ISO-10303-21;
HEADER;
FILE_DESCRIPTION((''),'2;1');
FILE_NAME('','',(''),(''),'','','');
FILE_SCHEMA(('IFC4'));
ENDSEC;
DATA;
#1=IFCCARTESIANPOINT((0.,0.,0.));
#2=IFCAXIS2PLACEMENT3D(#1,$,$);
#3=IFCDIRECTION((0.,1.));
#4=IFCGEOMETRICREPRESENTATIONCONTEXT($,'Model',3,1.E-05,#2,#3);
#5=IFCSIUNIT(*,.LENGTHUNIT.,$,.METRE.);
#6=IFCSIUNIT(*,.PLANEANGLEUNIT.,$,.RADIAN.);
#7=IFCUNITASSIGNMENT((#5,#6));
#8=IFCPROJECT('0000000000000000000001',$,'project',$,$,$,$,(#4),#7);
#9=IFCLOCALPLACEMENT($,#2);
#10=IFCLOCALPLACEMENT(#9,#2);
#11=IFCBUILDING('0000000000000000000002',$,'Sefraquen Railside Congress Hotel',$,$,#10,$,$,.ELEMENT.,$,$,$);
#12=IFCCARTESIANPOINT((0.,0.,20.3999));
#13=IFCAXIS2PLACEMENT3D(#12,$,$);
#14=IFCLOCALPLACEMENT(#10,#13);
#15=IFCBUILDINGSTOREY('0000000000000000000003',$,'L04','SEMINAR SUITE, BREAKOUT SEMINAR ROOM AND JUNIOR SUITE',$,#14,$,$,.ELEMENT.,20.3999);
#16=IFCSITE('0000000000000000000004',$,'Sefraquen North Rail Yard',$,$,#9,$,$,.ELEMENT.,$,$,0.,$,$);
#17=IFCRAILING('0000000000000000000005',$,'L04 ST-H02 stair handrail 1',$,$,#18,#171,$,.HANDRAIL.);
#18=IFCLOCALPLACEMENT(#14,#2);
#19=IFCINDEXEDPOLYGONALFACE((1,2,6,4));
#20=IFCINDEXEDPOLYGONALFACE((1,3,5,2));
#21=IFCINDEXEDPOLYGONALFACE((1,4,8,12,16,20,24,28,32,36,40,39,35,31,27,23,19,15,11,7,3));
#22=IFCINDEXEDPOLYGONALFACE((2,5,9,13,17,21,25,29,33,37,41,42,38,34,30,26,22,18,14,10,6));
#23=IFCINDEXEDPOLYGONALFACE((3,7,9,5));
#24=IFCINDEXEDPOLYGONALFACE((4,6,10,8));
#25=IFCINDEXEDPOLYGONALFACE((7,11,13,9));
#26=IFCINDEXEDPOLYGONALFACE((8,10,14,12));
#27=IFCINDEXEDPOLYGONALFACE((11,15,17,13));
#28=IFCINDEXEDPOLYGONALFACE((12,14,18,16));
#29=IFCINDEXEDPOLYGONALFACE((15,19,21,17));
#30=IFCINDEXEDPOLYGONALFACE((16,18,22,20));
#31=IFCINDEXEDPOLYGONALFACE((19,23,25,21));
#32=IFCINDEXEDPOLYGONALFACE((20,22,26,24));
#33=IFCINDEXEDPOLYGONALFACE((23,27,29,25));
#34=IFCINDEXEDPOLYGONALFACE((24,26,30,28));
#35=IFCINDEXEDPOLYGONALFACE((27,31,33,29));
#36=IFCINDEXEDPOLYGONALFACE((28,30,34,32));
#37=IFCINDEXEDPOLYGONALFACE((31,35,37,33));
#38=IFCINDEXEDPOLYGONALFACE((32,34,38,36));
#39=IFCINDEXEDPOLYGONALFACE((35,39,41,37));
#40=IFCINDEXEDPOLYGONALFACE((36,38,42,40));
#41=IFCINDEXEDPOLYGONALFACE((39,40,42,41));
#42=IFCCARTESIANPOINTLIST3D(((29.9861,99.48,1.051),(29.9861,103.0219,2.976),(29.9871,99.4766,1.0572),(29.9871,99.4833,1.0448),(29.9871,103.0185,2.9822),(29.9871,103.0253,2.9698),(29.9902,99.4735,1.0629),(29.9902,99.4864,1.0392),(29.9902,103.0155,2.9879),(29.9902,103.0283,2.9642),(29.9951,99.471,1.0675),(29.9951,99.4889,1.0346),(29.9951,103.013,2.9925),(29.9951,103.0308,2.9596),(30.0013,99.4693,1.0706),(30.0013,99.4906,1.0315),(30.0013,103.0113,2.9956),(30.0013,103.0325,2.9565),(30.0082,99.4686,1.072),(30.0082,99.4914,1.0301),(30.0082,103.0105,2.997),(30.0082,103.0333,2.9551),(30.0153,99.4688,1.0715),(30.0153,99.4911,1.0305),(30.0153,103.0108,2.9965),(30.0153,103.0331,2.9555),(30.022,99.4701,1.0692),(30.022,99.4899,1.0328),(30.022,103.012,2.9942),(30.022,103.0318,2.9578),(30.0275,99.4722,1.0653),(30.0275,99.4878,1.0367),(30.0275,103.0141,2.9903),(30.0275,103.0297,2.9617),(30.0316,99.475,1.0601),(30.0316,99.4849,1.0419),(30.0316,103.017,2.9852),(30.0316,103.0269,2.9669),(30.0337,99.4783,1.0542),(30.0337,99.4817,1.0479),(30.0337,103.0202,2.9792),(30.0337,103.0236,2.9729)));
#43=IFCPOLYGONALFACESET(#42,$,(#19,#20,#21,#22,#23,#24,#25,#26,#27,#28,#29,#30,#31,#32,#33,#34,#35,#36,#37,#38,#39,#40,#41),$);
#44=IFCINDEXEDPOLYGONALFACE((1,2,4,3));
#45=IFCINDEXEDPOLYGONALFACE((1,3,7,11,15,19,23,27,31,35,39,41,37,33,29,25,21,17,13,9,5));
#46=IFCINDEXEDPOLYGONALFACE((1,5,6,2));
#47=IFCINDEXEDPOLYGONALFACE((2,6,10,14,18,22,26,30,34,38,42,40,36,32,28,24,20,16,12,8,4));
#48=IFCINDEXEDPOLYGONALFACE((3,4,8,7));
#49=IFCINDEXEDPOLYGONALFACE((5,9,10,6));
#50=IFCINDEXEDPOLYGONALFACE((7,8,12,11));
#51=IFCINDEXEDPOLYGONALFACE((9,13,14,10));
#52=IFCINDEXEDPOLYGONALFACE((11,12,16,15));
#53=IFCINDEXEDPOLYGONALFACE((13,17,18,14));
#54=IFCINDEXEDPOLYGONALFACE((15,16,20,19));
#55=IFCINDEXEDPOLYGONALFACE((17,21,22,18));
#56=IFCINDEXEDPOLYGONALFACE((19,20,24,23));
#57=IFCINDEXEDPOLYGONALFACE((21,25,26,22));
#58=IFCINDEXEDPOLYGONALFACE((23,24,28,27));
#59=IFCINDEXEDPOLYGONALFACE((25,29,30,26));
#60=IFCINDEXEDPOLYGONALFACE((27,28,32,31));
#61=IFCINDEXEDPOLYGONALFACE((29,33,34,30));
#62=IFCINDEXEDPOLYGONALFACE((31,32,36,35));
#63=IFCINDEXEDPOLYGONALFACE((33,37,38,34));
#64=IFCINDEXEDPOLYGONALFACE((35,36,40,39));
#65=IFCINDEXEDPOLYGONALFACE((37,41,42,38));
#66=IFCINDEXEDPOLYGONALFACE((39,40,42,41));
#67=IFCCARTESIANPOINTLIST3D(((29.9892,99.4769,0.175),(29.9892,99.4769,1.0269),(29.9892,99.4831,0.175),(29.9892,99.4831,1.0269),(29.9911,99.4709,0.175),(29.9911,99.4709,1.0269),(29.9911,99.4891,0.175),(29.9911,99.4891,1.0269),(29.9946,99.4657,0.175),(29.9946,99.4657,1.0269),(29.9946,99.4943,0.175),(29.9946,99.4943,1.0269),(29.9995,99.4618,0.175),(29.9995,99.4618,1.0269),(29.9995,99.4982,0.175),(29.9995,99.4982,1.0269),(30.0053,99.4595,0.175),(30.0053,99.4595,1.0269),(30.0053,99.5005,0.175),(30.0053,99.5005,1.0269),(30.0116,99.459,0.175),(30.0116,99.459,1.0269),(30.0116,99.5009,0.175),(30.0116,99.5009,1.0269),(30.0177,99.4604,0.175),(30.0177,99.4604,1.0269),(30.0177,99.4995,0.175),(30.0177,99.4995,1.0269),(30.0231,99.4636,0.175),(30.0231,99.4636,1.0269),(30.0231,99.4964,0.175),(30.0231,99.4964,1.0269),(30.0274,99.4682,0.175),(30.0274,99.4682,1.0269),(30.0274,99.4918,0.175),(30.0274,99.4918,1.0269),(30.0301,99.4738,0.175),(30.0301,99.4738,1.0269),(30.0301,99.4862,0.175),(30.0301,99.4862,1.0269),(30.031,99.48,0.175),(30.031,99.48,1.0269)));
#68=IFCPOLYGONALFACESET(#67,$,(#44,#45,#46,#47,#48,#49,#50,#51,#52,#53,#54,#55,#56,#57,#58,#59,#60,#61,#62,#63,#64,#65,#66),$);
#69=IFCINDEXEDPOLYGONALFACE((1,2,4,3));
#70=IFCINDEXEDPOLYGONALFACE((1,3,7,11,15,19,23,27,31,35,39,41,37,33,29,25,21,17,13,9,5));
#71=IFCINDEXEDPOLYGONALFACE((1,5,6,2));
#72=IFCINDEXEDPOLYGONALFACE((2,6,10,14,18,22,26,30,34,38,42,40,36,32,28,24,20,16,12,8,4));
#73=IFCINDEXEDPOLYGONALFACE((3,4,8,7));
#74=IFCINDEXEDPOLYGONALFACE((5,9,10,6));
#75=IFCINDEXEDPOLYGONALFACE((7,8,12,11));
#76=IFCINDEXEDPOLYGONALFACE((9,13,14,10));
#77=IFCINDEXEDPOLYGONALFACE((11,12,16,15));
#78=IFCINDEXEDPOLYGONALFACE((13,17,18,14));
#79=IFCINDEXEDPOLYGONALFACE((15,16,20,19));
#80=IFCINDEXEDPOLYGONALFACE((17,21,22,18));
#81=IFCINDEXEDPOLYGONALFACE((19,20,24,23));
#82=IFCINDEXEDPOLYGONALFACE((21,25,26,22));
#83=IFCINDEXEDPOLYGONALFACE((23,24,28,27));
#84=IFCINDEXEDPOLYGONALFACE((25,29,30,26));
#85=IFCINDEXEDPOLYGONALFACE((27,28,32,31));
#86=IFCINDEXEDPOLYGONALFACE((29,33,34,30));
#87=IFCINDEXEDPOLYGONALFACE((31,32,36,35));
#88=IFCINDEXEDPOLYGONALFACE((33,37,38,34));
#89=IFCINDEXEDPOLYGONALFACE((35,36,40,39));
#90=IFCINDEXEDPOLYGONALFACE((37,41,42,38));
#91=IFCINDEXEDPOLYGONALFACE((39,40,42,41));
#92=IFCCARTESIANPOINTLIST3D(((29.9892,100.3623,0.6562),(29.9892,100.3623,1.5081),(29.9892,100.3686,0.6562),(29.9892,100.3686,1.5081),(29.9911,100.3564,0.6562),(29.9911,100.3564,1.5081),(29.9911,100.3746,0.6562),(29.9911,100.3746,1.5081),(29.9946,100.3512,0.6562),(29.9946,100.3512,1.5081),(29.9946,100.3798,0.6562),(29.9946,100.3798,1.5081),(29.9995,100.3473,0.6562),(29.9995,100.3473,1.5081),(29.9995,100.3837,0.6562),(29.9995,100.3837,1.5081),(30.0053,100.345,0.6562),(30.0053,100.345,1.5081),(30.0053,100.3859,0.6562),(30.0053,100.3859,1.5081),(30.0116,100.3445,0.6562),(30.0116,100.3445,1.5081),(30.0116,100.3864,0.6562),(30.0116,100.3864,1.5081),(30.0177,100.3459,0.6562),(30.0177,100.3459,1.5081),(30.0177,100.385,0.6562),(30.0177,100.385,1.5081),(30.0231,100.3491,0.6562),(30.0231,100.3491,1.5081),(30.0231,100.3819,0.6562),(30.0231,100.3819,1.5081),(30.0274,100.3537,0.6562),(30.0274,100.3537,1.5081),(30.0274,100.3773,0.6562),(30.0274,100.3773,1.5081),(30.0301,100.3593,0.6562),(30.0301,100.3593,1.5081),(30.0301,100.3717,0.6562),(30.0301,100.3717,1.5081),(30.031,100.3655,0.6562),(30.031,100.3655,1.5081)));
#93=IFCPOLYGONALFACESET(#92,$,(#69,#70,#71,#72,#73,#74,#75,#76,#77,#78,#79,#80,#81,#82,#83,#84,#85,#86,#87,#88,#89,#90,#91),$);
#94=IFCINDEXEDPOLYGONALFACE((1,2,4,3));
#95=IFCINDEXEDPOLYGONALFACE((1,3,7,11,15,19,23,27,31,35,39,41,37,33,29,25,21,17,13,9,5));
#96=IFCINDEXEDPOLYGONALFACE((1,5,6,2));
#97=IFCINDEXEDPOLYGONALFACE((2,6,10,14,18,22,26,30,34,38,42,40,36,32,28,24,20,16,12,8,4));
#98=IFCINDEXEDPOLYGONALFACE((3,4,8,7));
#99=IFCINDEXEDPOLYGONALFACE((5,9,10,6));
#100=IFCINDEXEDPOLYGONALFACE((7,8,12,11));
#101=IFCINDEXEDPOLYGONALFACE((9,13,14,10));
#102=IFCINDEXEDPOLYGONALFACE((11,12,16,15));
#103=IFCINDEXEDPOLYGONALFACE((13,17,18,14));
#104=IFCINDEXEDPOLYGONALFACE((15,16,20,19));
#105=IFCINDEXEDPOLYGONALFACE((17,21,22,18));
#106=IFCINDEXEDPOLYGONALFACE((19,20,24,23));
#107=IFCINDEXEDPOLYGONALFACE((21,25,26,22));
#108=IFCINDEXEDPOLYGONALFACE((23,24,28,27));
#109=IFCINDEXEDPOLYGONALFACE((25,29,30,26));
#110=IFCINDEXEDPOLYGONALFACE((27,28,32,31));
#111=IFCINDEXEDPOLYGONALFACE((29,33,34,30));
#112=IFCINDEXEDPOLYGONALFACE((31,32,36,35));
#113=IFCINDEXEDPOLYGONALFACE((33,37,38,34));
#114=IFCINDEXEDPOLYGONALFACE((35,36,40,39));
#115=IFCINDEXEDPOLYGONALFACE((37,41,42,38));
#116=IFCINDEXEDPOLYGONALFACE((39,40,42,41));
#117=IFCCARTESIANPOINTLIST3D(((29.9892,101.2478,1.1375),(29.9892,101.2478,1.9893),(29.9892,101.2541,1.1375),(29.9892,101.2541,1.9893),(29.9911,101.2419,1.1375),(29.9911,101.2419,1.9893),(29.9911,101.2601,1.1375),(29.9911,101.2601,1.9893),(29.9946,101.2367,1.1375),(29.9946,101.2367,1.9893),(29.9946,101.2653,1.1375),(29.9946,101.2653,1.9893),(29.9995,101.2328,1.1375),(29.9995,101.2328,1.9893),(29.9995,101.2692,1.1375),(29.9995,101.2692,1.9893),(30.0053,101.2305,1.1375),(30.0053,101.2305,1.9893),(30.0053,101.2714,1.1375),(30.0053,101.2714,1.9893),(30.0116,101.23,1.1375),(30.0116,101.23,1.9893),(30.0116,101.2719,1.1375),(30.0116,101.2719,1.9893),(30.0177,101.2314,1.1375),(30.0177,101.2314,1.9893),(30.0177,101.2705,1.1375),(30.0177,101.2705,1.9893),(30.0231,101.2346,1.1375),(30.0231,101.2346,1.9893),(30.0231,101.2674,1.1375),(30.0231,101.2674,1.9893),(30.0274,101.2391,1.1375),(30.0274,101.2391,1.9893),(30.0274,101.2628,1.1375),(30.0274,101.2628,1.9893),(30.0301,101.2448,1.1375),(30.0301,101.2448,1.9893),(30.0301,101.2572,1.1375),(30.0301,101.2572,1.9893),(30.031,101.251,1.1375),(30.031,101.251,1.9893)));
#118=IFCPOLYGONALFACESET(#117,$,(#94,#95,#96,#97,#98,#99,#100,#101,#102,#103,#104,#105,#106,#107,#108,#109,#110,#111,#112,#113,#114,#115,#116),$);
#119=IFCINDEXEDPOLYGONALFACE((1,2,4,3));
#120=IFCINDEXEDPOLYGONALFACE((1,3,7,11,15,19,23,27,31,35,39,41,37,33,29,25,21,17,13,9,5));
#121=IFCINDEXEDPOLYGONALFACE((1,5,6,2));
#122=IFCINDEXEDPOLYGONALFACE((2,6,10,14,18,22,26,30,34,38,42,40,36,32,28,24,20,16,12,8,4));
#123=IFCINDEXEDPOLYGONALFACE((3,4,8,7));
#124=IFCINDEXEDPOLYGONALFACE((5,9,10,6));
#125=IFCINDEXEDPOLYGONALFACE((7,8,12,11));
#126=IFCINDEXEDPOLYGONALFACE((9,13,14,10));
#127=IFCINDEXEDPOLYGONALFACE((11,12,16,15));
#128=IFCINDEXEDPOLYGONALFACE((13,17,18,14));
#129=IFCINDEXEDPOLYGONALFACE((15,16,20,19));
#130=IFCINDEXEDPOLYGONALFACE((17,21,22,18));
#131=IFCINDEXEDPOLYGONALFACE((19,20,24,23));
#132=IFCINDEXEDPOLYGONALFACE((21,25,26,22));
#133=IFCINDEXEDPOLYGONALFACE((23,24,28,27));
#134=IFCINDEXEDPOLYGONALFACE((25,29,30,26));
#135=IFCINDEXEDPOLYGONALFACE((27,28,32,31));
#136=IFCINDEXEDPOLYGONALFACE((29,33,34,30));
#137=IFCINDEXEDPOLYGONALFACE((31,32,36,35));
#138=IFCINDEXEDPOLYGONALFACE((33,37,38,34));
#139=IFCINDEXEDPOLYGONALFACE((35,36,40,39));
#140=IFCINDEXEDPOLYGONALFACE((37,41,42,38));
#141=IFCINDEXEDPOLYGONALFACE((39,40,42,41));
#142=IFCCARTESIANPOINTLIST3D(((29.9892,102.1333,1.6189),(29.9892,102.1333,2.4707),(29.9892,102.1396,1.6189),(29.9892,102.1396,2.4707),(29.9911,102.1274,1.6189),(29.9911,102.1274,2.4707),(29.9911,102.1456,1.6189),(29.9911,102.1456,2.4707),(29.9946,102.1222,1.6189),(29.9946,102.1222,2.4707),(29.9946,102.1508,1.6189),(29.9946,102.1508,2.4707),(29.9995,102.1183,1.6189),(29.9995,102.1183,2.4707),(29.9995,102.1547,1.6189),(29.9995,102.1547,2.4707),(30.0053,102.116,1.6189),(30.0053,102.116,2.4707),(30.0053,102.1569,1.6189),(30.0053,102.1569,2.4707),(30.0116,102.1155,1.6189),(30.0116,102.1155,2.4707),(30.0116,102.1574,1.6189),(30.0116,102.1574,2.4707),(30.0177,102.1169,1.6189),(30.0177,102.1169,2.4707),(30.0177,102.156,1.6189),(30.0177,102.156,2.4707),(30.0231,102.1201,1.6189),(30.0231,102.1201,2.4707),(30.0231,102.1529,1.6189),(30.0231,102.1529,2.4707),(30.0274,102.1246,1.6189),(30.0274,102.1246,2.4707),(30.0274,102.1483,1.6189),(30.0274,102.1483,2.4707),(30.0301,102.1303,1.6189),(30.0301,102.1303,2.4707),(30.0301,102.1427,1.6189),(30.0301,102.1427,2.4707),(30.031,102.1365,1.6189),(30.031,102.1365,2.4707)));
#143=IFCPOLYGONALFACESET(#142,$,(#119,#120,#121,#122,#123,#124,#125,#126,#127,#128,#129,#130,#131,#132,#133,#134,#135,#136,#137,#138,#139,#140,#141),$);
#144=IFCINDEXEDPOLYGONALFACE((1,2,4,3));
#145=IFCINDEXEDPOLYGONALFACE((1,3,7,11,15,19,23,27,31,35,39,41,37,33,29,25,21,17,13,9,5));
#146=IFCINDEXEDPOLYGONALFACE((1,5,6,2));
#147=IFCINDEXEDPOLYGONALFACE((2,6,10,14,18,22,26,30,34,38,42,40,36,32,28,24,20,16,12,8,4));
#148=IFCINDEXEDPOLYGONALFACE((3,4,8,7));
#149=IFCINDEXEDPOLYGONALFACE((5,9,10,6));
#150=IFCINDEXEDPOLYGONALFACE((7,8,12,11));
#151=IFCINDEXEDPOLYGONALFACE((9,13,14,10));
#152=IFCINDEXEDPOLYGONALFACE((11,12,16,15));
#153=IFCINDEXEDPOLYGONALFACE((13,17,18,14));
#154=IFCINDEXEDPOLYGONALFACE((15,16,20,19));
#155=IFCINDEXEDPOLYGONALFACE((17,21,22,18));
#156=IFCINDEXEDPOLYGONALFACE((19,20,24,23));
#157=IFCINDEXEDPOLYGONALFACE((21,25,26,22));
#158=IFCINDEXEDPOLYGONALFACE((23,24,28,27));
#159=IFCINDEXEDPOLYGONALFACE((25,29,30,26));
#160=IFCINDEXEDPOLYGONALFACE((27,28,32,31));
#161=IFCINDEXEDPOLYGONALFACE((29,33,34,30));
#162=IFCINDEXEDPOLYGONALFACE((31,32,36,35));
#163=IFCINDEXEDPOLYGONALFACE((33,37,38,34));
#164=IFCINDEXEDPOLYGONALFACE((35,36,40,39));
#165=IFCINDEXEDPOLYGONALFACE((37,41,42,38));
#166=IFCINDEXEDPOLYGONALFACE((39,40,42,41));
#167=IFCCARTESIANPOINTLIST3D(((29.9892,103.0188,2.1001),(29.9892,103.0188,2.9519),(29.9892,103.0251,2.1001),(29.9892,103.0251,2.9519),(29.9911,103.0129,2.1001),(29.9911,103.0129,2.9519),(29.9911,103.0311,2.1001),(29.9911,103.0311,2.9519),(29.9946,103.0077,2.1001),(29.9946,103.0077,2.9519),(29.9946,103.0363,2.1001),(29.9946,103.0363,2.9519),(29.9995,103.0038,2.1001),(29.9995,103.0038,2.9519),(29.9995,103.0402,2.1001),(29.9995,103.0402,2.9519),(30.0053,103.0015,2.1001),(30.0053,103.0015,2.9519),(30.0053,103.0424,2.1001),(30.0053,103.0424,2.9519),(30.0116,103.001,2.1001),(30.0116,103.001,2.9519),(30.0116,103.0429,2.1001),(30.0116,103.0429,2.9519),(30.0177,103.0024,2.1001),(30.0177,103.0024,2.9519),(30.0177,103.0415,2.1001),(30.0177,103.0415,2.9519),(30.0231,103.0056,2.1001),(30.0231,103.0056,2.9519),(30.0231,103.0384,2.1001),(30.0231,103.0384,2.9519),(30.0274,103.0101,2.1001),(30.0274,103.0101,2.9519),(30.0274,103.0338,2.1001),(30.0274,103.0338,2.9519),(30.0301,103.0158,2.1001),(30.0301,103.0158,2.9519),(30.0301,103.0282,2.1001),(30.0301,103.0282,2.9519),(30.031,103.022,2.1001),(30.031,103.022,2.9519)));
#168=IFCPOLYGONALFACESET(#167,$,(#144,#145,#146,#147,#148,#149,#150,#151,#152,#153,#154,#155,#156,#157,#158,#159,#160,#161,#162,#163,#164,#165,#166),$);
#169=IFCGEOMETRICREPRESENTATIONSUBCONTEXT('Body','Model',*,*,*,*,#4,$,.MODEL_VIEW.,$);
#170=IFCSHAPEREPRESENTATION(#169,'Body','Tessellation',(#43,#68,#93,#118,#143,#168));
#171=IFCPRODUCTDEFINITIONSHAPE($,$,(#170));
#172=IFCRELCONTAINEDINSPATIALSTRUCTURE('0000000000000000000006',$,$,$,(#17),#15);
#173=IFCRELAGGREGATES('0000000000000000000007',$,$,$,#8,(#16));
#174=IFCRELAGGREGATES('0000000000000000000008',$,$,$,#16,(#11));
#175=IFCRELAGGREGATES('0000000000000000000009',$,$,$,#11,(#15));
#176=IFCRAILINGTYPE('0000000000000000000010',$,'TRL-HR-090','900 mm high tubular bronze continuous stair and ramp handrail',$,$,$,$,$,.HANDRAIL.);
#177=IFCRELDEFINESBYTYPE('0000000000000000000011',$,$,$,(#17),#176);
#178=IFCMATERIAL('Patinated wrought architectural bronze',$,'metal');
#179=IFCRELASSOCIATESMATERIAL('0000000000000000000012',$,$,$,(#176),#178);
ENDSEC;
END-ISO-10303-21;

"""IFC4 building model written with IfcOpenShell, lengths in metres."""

from ifc_helpers import new_model, si_unit, direction, frame, origin, origin_2d, place, context, subcontext, project, spatial, circle, extrude, material, type_object, element, save


model = new_model("IFC4")

# Units and contexts
model_context = context("Model", 3, precision=1e-05, world=origin(), true_north=direction((0.0, 1.0)))
body_context = subcontext(model_context, "Body", "Model", "MODEL_VIEW")
ifc_project = project(units=[si_unit("LENGTHUNIT", "METRE"), si_unit("PLANEANGLEUNIT", "RADIAN")], contexts=[model_context])

# Site, building, storey
site_placement = place(None, origin())
site = spatial("IfcSite", under=ifc_project, at=site_placement, Name="Sefraquen North Rail Yard", CompositionType="ELEMENT", RefElevation=0.0)
building_placement = place(site_placement, origin())
building = spatial("IfcBuilding", under=site, at=building_placement, Name="Sefraquen Railside Congress Hotel", CompositionType="ELEMENT")
storey_placement = place(building_placement, frame((0.0, 0.0, 20.3999)))
storey = spatial("IfcBuildingStorey", under=building, at=storey_placement, Name="L04", Description="SEMINAR SUITE, BREAKOUT SEMINAR ROOM AND JUNIOR SUITE", CompositionType="ELEMENT", Elevation=20.3999)

# Railing
ifc_material_1 = material(Name="Patinated wrought architectural bronze", Category="metal")
railing_type_1 = type_object("IfcRailingType", Name="TRL-HR-090", Description="900 mm high tubular bronze continuous stair and ramp handrail", PredefinedType="HANDRAIL", material=ifc_material_1)
railing_1_placement = place(storey_placement, frame((30.01, 99.48, 0.175)))
element("IfcRailing", 1, at=railing_1_placement, inside=storey, type_object=railing_type_1, Name="L04 ST-H02 stair handrail 1", PredefinedType="HANDRAIL", context=body_context, shape_type="SweptSolid", body=[
    extrude(circle(Radius=0.0239, at=origin_2d()), frame((0.0, 0.0, 0.876), z_axis=(0.0, 0.878619, 0.477523), x_axis=(-1.0, 0.0, 0.0)), (0.0, 0.0, 1.0), 4.0312),
    extrude(circle(Radius=0.021, at=origin_2d()), origin(), (0.0, 0.0, 1.0), 0.8518),
    extrude(circle(Radius=0.021, at=origin_2d()), frame((0.0, 0.8855, 0.4812)), (0.0, 0.0, 1.0), 0.8518),
    extrude(circle(Radius=0.021, at=origin_2d()), frame((0.0, 1.771, 0.9624)), (0.0, 0.0, 1.0), 0.8518),
    extrude(circle(Radius=0.021, at=origin_2d()), frame((0.0, 2.6565, 1.4438)), (0.0, 0.0, 1.0), 0.8518),
    extrude(circle(Radius=0.021, at=origin_2d()), frame((0.0, 3.542, 1.925)), (0.0, 0.0, 1.0), 0.8518),
])

save(model, "model.ifc")
